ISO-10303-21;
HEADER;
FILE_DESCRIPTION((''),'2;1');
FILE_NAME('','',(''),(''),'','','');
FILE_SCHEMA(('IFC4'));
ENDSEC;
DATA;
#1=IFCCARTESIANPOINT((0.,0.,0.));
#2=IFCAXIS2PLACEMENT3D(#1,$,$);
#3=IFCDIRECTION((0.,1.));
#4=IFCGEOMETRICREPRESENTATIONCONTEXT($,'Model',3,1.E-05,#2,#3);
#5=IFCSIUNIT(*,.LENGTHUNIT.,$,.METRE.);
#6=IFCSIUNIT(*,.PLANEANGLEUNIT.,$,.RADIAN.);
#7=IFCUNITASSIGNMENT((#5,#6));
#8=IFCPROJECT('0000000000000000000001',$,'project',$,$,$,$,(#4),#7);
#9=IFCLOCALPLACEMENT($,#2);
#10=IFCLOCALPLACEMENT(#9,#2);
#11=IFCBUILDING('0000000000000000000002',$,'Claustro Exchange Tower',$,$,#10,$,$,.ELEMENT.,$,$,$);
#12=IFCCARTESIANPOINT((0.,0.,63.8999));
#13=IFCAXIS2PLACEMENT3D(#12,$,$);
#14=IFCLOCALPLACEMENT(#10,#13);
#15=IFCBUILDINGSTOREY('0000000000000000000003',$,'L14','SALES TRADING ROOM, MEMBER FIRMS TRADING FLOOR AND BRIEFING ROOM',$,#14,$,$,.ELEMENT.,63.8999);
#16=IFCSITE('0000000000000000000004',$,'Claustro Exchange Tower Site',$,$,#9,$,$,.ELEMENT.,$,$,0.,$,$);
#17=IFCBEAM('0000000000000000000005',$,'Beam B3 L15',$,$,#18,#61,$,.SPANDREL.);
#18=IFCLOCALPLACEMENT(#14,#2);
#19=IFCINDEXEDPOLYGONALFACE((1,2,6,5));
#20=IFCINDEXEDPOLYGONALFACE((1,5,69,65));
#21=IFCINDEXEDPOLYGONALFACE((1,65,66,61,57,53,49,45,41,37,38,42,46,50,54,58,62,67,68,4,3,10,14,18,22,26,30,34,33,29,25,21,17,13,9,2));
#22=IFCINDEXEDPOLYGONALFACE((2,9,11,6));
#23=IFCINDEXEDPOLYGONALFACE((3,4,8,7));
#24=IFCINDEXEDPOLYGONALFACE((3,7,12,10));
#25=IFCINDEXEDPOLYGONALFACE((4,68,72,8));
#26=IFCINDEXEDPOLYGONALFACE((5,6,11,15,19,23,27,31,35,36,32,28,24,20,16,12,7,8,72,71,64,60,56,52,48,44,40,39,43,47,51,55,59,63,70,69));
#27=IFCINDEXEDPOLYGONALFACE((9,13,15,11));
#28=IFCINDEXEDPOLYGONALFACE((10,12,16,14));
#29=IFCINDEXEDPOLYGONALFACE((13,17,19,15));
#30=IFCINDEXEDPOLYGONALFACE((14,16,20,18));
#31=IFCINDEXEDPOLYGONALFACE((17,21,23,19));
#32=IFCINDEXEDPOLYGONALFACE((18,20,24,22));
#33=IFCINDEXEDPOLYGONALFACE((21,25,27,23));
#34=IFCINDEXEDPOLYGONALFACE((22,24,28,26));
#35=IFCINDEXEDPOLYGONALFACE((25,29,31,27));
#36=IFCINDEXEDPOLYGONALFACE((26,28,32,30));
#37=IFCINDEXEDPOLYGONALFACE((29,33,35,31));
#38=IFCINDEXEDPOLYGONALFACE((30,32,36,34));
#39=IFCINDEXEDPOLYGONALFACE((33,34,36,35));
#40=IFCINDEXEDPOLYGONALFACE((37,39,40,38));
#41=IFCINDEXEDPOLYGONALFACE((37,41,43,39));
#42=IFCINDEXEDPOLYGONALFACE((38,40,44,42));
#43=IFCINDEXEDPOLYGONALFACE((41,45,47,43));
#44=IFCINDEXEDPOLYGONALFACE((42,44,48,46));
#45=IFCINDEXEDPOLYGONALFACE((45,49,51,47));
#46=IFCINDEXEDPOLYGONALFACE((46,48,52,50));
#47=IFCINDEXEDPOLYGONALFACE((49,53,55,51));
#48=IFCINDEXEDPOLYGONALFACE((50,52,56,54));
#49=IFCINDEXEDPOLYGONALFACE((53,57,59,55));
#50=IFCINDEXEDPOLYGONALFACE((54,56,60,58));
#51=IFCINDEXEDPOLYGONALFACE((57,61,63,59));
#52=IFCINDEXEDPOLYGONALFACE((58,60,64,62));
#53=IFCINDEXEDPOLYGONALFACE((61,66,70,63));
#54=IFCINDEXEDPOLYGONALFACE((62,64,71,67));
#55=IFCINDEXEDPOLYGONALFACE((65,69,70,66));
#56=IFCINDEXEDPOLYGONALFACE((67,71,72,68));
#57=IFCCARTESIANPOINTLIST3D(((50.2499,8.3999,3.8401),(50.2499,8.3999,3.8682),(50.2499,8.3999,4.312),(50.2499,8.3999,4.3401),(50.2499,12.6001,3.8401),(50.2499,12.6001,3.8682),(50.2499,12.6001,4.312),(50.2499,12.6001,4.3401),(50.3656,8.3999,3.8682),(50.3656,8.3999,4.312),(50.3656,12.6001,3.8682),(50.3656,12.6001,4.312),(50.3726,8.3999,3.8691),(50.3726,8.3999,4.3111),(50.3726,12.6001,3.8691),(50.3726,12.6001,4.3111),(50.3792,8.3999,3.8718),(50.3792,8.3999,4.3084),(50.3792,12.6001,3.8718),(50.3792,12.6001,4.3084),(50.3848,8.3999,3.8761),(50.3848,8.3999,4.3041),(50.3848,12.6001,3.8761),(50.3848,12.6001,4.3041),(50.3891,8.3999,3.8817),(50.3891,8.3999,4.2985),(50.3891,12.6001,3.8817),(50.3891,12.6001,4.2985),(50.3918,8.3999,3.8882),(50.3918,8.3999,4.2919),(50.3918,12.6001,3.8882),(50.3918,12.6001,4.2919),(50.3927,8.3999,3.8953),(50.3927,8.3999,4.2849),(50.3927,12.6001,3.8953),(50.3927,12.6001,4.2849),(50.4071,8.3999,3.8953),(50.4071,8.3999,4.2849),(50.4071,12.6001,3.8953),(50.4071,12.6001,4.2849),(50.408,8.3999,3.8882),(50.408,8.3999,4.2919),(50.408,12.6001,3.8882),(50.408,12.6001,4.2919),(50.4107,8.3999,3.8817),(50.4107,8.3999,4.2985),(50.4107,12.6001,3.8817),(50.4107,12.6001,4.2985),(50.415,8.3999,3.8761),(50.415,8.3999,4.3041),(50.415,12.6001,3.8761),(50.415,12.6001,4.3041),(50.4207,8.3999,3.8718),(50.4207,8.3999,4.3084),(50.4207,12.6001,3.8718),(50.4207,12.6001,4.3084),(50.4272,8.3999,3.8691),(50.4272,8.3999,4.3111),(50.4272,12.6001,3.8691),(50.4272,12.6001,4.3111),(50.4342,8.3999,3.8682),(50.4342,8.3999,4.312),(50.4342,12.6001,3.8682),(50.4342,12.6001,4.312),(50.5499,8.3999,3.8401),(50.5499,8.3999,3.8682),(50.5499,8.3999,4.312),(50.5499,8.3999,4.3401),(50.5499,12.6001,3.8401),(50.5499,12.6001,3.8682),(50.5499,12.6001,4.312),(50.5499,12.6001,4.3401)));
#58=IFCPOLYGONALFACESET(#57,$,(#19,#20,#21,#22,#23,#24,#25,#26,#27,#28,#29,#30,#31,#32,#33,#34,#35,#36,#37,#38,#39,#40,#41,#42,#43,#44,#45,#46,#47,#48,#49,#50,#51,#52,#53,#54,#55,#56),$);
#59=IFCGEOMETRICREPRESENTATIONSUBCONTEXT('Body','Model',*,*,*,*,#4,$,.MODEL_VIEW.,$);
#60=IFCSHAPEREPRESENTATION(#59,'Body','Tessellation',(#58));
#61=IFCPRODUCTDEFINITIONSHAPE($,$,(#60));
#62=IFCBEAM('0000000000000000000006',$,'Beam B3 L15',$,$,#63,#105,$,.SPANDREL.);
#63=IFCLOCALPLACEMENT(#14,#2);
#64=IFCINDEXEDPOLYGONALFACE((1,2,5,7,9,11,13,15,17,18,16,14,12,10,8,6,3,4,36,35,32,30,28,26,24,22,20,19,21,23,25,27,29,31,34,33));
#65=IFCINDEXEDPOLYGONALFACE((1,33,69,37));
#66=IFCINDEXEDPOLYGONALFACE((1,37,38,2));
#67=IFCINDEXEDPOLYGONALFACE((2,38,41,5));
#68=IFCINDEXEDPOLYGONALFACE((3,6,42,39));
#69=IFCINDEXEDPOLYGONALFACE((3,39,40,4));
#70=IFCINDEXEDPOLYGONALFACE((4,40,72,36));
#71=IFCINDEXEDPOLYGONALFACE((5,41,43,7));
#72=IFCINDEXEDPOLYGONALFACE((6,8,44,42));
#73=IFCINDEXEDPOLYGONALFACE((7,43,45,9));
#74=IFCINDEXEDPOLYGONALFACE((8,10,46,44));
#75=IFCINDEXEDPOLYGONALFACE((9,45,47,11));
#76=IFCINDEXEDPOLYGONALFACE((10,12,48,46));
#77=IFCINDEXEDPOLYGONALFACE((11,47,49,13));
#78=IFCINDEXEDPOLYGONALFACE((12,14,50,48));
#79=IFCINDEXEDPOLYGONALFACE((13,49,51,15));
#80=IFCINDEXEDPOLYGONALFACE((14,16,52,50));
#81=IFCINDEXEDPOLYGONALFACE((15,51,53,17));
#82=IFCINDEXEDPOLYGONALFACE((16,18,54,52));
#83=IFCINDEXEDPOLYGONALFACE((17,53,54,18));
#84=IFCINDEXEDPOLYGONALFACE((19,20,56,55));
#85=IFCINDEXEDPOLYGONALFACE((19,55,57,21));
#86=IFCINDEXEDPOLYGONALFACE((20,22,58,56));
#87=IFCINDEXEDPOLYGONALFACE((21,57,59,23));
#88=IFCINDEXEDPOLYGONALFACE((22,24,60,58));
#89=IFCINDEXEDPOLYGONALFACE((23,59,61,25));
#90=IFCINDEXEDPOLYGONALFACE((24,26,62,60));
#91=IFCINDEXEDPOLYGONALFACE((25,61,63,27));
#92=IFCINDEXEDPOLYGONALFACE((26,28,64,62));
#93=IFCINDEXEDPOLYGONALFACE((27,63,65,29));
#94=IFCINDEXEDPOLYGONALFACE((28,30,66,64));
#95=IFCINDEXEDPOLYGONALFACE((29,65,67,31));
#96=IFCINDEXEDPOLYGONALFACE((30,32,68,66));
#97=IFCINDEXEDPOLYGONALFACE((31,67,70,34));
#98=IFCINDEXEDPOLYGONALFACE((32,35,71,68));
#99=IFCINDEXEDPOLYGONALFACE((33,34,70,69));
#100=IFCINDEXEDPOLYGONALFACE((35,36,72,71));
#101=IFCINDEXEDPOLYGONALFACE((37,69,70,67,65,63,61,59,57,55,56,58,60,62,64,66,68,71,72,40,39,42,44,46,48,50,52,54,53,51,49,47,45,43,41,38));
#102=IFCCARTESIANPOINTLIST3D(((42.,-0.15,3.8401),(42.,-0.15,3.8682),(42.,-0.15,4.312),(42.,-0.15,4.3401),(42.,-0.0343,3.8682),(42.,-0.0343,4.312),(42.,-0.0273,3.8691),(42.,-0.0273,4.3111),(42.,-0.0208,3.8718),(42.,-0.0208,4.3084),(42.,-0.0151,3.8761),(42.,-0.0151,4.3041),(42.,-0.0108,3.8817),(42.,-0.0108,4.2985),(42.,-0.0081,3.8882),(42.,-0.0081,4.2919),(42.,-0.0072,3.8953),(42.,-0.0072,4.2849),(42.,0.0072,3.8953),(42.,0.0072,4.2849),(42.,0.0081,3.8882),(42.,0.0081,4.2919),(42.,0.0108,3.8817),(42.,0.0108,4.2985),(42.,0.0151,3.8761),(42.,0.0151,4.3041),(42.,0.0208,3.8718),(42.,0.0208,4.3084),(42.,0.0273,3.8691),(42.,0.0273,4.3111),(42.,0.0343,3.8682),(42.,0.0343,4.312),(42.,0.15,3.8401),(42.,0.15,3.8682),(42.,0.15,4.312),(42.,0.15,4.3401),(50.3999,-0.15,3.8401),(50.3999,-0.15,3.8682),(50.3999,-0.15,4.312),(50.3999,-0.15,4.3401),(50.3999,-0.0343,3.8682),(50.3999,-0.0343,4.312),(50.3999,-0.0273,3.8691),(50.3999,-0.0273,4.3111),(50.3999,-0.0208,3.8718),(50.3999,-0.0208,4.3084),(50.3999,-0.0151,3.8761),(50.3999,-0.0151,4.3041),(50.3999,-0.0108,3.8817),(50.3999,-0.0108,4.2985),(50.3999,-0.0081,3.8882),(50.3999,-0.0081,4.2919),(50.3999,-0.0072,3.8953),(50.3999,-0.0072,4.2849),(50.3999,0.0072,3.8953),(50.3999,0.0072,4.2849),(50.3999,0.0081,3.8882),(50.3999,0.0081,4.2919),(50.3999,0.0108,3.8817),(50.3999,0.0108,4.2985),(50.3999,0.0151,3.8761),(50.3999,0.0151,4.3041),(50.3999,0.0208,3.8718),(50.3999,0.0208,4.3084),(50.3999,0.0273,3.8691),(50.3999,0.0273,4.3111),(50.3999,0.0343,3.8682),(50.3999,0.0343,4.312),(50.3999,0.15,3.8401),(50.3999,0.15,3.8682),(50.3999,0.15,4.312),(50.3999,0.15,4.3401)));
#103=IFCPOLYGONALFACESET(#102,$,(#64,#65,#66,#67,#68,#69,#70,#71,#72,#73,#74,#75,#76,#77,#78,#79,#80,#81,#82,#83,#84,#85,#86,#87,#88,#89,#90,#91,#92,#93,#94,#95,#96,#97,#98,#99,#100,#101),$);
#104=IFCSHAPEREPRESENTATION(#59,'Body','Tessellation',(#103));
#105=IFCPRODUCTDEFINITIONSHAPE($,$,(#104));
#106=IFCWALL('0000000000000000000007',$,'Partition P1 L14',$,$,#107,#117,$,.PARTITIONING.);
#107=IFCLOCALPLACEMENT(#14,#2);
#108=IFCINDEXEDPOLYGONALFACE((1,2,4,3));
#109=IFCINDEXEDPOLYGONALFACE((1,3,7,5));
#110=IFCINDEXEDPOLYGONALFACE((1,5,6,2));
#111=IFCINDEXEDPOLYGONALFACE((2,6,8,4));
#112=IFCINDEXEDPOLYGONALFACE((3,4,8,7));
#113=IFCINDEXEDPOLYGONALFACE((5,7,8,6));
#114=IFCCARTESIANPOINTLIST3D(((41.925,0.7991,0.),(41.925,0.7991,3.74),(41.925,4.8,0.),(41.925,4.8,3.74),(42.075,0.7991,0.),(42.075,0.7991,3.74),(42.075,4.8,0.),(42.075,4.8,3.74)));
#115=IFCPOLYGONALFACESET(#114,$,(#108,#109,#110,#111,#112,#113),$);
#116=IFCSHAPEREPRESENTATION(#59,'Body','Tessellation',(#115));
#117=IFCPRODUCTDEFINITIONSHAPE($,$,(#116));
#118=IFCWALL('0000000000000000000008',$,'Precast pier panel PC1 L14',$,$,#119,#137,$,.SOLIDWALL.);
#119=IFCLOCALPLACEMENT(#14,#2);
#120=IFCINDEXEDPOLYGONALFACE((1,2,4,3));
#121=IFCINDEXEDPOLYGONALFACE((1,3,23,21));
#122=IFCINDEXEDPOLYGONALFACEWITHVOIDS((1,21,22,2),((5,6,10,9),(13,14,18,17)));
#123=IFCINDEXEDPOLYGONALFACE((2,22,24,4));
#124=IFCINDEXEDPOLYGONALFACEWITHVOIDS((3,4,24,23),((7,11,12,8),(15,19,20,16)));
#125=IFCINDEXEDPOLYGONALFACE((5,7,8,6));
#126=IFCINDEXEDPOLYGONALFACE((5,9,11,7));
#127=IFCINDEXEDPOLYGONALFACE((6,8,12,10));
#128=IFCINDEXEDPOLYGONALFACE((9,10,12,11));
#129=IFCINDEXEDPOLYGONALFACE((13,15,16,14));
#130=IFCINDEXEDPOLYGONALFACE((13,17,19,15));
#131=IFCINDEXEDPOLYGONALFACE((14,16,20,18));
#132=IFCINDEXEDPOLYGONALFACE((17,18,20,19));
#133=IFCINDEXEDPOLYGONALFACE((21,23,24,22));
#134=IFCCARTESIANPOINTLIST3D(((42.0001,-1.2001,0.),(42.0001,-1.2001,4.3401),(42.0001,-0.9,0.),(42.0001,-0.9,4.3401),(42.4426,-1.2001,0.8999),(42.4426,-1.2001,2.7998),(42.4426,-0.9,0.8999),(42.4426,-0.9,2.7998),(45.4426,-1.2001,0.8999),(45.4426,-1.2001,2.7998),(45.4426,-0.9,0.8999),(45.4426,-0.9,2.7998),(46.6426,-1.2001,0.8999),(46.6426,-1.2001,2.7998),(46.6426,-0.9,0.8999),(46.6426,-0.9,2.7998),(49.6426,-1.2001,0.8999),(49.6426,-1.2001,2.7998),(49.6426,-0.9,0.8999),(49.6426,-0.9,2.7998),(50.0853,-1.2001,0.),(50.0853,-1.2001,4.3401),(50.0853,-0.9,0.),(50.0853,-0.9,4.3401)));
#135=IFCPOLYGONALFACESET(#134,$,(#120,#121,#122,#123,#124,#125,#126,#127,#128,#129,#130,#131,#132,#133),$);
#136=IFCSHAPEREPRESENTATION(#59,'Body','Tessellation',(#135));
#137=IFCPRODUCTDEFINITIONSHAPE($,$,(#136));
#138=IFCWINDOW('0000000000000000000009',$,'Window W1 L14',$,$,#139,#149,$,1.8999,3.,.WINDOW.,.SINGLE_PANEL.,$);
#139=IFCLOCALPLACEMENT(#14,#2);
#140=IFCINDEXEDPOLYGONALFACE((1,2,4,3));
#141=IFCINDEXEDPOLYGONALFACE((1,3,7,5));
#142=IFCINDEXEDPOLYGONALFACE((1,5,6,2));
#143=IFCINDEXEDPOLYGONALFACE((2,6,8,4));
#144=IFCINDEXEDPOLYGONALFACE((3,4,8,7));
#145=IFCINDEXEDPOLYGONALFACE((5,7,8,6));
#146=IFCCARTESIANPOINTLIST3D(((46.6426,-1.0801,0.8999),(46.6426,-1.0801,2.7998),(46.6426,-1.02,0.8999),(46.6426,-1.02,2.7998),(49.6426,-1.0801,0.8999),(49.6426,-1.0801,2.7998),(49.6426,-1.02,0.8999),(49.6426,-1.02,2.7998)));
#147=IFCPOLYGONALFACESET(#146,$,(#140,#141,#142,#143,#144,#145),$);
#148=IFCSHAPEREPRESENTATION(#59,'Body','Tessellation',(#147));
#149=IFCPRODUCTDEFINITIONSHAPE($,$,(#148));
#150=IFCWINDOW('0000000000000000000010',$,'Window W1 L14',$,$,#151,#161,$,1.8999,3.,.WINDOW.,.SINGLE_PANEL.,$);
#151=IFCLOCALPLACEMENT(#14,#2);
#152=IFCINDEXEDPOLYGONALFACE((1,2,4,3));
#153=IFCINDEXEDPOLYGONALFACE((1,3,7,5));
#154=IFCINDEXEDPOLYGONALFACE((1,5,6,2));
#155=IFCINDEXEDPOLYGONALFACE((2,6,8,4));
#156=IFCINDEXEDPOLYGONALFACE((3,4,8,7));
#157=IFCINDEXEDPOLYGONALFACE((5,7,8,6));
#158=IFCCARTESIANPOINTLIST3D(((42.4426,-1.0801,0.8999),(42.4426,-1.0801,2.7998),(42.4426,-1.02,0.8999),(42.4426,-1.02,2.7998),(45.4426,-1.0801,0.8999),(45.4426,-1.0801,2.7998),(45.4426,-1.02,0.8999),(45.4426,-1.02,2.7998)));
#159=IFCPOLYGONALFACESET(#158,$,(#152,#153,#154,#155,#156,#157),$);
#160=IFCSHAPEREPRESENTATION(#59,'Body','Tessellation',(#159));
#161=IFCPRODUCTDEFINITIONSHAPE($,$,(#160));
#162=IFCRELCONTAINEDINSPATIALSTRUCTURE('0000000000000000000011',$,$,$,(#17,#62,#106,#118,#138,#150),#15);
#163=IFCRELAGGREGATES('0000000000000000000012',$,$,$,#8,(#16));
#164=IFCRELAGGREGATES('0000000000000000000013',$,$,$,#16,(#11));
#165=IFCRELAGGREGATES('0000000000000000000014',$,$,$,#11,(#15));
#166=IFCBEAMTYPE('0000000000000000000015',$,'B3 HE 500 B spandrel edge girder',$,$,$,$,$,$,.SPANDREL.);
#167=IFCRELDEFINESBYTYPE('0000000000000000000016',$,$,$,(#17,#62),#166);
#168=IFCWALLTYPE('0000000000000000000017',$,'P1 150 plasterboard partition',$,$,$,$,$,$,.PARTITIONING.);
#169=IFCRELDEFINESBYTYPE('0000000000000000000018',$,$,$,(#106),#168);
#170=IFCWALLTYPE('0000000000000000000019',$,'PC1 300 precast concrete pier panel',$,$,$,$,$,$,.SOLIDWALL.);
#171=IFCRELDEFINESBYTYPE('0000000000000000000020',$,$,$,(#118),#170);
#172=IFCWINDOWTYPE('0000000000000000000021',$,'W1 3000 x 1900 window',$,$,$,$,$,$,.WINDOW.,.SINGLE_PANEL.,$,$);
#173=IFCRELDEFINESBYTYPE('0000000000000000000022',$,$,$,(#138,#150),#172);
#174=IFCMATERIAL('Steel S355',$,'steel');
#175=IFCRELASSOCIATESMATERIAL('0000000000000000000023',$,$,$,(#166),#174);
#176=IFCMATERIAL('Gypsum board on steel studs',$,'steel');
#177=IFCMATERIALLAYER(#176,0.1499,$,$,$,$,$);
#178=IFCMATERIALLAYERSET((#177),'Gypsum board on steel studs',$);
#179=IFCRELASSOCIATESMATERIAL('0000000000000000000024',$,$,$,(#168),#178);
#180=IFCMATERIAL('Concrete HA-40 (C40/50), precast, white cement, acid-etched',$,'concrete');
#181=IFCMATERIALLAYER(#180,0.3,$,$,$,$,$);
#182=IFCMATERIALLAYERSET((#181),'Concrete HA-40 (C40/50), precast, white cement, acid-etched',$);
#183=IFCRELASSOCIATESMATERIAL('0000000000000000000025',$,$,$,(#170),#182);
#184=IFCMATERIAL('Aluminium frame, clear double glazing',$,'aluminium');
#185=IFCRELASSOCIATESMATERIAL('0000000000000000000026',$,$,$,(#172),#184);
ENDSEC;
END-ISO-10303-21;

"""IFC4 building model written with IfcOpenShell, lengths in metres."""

from ifc_helpers import new_model, si_unit, direction, frame, frame_2d, origin, origin_2d, place, context, subcontext, project, spatial, rectangle, i_section, extrude, material, layer, layer_set, material_profile, profile_set, type_object, element, fill, save


model = new_model("IFC4")

# Units and contexts
model_context = context("Model", 3, precision=1e-05, world=origin(), true_north=direction((0.0, 1.0)))
body_context = subcontext(model_context, "Body", "Model", "MODEL_VIEW")
ifc_project = project(units=[si_unit("LENGTHUNIT", "METRE"), si_unit("PLANEANGLEUNIT", "RADIAN")], contexts=[model_context])

# Site, building, storey
site_placement = place(None, origin())
site = spatial("IfcSite", under=ifc_project, at=site_placement, Name="Claustro Exchange Tower Site", CompositionType="ELEMENT", RefElevation=0.0)
building_placement = place(site_placement, origin())
building = spatial("IfcBuilding", under=site, at=building_placement, Name="Claustro Exchange Tower", CompositionType="ELEMENT")
storey_placement = place(building_placement, frame((0.0, 0.0, 63.8999)))
storey = spatial("IfcBuildingStorey", under=building, at=storey_placement, Name="L14", Description="SALES TRADING ROOM, MEMBER FIRMS TRADING FLOOR AND BRIEFING ROOM", CompositionType="ELEMENT", Elevation=63.8999)

# Beams
ifc_material_1 = material(Name="Steel S355", Category="steel")
ifc_material_profile_1 = material_profile(ifc_material_1, i_section(OverallWidth=0.3, OverallDepth=0.5, WebThickness=0.0144, FlangeThickness=0.0281, FilletRadius=0.0271, at=origin_2d()), Name="HE 500 B")
ifc_profile_set_1 = profile_set([ifc_material_profile_1], Name="Steel S355")
beam_type_1 = type_object("IfcBeamType", Name="B3 HE 500 B spandrel edge girder", PredefinedType="SPANDREL", material=ifc_profile_set_1)
beam_1_placement = place(storey_placement, frame((50.3999, 8.3999, 4.0901), z_axis=(0.0, 1.0, 0.0), x_axis=(-1.0, 0.0, 0.0)))
element("IfcBeam", 1, at=beam_1_placement, inside=storey, type_object=beam_type_1, Name="Beam B3 L15", PredefinedType="SPANDREL", context=body_context, shape_type="SweptSolid", body=[
    extrude(i_section(OverallWidth=0.3, OverallDepth=0.5, WebThickness=0.0144, FlangeThickness=0.0281, FilletRadius=0.0271, at=origin_2d()), origin(), (0.0, 0.0, 1.0), 4.2002),
])
beam_2_placement = place(storey_placement, frame((42.0, 0.0, 4.0901), z_axis=(1.0, 0.0, 0.0), x_axis=(0.0, 1.0, 0.0)))
element("IfcBeam", 2, at=beam_2_placement, inside=storey, type_object=beam_type_1, Name="Beam B3 L15", PredefinedType="SPANDREL", context=body_context, shape_type="SweptSolid", body=[
    extrude(i_section(OverallWidth=0.3, OverallDepth=0.5, WebThickness=0.0144, FlangeThickness=0.0281, FilletRadius=0.0271, at=origin_2d()), origin(), (0.0, 0.0, 1.0), 8.3999),
])

# Wall
ifc_material_2 = material(Name="Gypsum board on steel studs", Category="steel")
ifc_layer_1 = layer(ifc_material_2, 0.1499)
ifc_layer_set_1 = layer_set([ifc_layer_1], Name="Gypsum board on steel studs")
wall_type_1 = type_object("IfcWallType", Name="P1 150 plasterboard partition", PredefinedType="PARTITIONING", material=ifc_layer_set_1)
wall_1_placement = place(storey_placement, frame((42.0, 0.7991, 0.0), z_axis=(0.0, 0.0, 1.0), x_axis=(0.0, 1.0, 0.0)))
element("IfcWall", 3, at=wall_1_placement, inside=storey, type_object=wall_type_1, Name="Partition P1 L14", PredefinedType="PARTITIONING", context=body_context, shape_type="SweptSolid", body=[
    extrude(rectangle(XDim=4.001, YDim=0.1499, at=frame_2d((2.0005, 0.0))), origin(), (0.0, 0.0, 1.0), 3.74),
])

# Wall, openings, windows
ifc_material_3 = material(Name="Concrete HA-40 (C40/50), precast, white cement, acid-etched", Category="concrete")
ifc_layer_2 = layer(ifc_material_3, 0.3)
ifc_layer_set_2 = layer_set([ifc_layer_2], Name="Concrete HA-40 (C40/50), precast, white cement, acid-etched")
wall_type_2 = type_object("IfcWallType", Name="PC1 300 precast concrete pier panel", PredefinedType="SOLIDWALL", material=ifc_layer_set_2)
wall_2_placement = place(storey_placement, frame((50.0852, -1.05, 0.0), z_axis=(0.0, 0.0, 1.0), x_axis=(-1.0, 0.0, 0.0)))
wall_2 = element("IfcWall", 4, at=wall_2_placement, inside=storey, type_object=wall_type_2, Name="Precast pier panel PC1 L14", PredefinedType="SOLIDWALL", context=body_context, shape_type="SweptSolid", body=[
    extrude(rectangle(XDim=8.0852, YDim=0.3, at=frame_2d((4.0425, 0.0))), origin(), (0.0, 0.0, 1.0), 4.3401),
])
opening_1_placement = place(wall_2_placement, frame((0.4426, 0.0, 0.8999)))
opening_1 = element("IfcOpeningElement", 5, at=opening_1_placement, cuts=wall_2, PredefinedType="OPENING", context=body_context, shape_type="SweptSolid", body=[
    extrude(rectangle(XDim=3.0, YDim=1.8999, at=frame_2d((1.5, 0.95))), frame((0.0, 0.1599, 0.0), z_axis=(0.0, -1.0, 0.0), x_axis=(1.0, 0.0, 0.0)), (0.0, 0.0, 1.0), 0.3201),
])
opening_2_placement = place(wall_2_placement, frame((4.6426, 0.0, 0.8999)))
opening_2 = element("IfcOpeningElement", 6, at=opening_2_placement, cuts=wall_2, PredefinedType="OPENING", context=body_context, shape_type="SweptSolid", body=[
    extrude(rectangle(XDim=3.0, YDim=1.8999, at=frame_2d((1.5, 0.95))), frame((0.0, 0.1599, 0.0), z_axis=(0.0, -1.0, 0.0), x_axis=(1.0, 0.0, 0.0)), (0.0, 0.0, 1.0), 0.3201),
])
ifc_material_4 = material(Name="Aluminium frame, clear double glazing", Category="aluminium")
window_type = type_object("IfcWindowType", Name="W1 3000 x 1900 window", PartitioningType="SINGLE_PANEL", PredefinedType="WINDOW", material=ifc_material_4)
window_1_placement = place(opening_1_placement, origin())
window_1 = element("IfcWindow", 7, at=window_1_placement, inside=storey, type_object=window_type, Name="Window W1 L14", OverallHeight=1.8999, OverallWidth=3.0, PartitioningType="SINGLE_PANEL", PredefinedType="WINDOW", context=body_context, shape_type="SweptSolid", body=[
    extrude(rectangle(XDim=3.0, YDim=1.8999, at=frame_2d((1.5, 0.95))), frame((0.0, 0.03, 0.0), z_axis=(0.0, -1.0, 0.0), x_axis=(1.0, 0.0, 0.0)), (0.0, 0.0, 1.0), 0.0601),
])
fill(opening_1, window_1)
window_2_placement = place(opening_2_placement, origin())
window_2 = element("IfcWindow", 8, at=window_2_placement, inside=storey, type_object=window_type, Name="Window W1 L14", OverallHeight=1.8999, OverallWidth=3.0, PartitioningType="SINGLE_PANEL", PredefinedType="WINDOW", context=body_context, shape_type="SweptSolid", body=[
    extrude(rectangle(XDim=3.0, YDim=1.8999, at=frame_2d((1.5, 0.95))), frame((0.0, 0.03, 0.0), z_axis=(0.0, -1.0, 0.0), x_axis=(1.0, 0.0, 0.0)), (0.0, 0.0, 1.0), 0.0601),
])
fill(opening_2, window_2)

save(model, "model.ifc")
